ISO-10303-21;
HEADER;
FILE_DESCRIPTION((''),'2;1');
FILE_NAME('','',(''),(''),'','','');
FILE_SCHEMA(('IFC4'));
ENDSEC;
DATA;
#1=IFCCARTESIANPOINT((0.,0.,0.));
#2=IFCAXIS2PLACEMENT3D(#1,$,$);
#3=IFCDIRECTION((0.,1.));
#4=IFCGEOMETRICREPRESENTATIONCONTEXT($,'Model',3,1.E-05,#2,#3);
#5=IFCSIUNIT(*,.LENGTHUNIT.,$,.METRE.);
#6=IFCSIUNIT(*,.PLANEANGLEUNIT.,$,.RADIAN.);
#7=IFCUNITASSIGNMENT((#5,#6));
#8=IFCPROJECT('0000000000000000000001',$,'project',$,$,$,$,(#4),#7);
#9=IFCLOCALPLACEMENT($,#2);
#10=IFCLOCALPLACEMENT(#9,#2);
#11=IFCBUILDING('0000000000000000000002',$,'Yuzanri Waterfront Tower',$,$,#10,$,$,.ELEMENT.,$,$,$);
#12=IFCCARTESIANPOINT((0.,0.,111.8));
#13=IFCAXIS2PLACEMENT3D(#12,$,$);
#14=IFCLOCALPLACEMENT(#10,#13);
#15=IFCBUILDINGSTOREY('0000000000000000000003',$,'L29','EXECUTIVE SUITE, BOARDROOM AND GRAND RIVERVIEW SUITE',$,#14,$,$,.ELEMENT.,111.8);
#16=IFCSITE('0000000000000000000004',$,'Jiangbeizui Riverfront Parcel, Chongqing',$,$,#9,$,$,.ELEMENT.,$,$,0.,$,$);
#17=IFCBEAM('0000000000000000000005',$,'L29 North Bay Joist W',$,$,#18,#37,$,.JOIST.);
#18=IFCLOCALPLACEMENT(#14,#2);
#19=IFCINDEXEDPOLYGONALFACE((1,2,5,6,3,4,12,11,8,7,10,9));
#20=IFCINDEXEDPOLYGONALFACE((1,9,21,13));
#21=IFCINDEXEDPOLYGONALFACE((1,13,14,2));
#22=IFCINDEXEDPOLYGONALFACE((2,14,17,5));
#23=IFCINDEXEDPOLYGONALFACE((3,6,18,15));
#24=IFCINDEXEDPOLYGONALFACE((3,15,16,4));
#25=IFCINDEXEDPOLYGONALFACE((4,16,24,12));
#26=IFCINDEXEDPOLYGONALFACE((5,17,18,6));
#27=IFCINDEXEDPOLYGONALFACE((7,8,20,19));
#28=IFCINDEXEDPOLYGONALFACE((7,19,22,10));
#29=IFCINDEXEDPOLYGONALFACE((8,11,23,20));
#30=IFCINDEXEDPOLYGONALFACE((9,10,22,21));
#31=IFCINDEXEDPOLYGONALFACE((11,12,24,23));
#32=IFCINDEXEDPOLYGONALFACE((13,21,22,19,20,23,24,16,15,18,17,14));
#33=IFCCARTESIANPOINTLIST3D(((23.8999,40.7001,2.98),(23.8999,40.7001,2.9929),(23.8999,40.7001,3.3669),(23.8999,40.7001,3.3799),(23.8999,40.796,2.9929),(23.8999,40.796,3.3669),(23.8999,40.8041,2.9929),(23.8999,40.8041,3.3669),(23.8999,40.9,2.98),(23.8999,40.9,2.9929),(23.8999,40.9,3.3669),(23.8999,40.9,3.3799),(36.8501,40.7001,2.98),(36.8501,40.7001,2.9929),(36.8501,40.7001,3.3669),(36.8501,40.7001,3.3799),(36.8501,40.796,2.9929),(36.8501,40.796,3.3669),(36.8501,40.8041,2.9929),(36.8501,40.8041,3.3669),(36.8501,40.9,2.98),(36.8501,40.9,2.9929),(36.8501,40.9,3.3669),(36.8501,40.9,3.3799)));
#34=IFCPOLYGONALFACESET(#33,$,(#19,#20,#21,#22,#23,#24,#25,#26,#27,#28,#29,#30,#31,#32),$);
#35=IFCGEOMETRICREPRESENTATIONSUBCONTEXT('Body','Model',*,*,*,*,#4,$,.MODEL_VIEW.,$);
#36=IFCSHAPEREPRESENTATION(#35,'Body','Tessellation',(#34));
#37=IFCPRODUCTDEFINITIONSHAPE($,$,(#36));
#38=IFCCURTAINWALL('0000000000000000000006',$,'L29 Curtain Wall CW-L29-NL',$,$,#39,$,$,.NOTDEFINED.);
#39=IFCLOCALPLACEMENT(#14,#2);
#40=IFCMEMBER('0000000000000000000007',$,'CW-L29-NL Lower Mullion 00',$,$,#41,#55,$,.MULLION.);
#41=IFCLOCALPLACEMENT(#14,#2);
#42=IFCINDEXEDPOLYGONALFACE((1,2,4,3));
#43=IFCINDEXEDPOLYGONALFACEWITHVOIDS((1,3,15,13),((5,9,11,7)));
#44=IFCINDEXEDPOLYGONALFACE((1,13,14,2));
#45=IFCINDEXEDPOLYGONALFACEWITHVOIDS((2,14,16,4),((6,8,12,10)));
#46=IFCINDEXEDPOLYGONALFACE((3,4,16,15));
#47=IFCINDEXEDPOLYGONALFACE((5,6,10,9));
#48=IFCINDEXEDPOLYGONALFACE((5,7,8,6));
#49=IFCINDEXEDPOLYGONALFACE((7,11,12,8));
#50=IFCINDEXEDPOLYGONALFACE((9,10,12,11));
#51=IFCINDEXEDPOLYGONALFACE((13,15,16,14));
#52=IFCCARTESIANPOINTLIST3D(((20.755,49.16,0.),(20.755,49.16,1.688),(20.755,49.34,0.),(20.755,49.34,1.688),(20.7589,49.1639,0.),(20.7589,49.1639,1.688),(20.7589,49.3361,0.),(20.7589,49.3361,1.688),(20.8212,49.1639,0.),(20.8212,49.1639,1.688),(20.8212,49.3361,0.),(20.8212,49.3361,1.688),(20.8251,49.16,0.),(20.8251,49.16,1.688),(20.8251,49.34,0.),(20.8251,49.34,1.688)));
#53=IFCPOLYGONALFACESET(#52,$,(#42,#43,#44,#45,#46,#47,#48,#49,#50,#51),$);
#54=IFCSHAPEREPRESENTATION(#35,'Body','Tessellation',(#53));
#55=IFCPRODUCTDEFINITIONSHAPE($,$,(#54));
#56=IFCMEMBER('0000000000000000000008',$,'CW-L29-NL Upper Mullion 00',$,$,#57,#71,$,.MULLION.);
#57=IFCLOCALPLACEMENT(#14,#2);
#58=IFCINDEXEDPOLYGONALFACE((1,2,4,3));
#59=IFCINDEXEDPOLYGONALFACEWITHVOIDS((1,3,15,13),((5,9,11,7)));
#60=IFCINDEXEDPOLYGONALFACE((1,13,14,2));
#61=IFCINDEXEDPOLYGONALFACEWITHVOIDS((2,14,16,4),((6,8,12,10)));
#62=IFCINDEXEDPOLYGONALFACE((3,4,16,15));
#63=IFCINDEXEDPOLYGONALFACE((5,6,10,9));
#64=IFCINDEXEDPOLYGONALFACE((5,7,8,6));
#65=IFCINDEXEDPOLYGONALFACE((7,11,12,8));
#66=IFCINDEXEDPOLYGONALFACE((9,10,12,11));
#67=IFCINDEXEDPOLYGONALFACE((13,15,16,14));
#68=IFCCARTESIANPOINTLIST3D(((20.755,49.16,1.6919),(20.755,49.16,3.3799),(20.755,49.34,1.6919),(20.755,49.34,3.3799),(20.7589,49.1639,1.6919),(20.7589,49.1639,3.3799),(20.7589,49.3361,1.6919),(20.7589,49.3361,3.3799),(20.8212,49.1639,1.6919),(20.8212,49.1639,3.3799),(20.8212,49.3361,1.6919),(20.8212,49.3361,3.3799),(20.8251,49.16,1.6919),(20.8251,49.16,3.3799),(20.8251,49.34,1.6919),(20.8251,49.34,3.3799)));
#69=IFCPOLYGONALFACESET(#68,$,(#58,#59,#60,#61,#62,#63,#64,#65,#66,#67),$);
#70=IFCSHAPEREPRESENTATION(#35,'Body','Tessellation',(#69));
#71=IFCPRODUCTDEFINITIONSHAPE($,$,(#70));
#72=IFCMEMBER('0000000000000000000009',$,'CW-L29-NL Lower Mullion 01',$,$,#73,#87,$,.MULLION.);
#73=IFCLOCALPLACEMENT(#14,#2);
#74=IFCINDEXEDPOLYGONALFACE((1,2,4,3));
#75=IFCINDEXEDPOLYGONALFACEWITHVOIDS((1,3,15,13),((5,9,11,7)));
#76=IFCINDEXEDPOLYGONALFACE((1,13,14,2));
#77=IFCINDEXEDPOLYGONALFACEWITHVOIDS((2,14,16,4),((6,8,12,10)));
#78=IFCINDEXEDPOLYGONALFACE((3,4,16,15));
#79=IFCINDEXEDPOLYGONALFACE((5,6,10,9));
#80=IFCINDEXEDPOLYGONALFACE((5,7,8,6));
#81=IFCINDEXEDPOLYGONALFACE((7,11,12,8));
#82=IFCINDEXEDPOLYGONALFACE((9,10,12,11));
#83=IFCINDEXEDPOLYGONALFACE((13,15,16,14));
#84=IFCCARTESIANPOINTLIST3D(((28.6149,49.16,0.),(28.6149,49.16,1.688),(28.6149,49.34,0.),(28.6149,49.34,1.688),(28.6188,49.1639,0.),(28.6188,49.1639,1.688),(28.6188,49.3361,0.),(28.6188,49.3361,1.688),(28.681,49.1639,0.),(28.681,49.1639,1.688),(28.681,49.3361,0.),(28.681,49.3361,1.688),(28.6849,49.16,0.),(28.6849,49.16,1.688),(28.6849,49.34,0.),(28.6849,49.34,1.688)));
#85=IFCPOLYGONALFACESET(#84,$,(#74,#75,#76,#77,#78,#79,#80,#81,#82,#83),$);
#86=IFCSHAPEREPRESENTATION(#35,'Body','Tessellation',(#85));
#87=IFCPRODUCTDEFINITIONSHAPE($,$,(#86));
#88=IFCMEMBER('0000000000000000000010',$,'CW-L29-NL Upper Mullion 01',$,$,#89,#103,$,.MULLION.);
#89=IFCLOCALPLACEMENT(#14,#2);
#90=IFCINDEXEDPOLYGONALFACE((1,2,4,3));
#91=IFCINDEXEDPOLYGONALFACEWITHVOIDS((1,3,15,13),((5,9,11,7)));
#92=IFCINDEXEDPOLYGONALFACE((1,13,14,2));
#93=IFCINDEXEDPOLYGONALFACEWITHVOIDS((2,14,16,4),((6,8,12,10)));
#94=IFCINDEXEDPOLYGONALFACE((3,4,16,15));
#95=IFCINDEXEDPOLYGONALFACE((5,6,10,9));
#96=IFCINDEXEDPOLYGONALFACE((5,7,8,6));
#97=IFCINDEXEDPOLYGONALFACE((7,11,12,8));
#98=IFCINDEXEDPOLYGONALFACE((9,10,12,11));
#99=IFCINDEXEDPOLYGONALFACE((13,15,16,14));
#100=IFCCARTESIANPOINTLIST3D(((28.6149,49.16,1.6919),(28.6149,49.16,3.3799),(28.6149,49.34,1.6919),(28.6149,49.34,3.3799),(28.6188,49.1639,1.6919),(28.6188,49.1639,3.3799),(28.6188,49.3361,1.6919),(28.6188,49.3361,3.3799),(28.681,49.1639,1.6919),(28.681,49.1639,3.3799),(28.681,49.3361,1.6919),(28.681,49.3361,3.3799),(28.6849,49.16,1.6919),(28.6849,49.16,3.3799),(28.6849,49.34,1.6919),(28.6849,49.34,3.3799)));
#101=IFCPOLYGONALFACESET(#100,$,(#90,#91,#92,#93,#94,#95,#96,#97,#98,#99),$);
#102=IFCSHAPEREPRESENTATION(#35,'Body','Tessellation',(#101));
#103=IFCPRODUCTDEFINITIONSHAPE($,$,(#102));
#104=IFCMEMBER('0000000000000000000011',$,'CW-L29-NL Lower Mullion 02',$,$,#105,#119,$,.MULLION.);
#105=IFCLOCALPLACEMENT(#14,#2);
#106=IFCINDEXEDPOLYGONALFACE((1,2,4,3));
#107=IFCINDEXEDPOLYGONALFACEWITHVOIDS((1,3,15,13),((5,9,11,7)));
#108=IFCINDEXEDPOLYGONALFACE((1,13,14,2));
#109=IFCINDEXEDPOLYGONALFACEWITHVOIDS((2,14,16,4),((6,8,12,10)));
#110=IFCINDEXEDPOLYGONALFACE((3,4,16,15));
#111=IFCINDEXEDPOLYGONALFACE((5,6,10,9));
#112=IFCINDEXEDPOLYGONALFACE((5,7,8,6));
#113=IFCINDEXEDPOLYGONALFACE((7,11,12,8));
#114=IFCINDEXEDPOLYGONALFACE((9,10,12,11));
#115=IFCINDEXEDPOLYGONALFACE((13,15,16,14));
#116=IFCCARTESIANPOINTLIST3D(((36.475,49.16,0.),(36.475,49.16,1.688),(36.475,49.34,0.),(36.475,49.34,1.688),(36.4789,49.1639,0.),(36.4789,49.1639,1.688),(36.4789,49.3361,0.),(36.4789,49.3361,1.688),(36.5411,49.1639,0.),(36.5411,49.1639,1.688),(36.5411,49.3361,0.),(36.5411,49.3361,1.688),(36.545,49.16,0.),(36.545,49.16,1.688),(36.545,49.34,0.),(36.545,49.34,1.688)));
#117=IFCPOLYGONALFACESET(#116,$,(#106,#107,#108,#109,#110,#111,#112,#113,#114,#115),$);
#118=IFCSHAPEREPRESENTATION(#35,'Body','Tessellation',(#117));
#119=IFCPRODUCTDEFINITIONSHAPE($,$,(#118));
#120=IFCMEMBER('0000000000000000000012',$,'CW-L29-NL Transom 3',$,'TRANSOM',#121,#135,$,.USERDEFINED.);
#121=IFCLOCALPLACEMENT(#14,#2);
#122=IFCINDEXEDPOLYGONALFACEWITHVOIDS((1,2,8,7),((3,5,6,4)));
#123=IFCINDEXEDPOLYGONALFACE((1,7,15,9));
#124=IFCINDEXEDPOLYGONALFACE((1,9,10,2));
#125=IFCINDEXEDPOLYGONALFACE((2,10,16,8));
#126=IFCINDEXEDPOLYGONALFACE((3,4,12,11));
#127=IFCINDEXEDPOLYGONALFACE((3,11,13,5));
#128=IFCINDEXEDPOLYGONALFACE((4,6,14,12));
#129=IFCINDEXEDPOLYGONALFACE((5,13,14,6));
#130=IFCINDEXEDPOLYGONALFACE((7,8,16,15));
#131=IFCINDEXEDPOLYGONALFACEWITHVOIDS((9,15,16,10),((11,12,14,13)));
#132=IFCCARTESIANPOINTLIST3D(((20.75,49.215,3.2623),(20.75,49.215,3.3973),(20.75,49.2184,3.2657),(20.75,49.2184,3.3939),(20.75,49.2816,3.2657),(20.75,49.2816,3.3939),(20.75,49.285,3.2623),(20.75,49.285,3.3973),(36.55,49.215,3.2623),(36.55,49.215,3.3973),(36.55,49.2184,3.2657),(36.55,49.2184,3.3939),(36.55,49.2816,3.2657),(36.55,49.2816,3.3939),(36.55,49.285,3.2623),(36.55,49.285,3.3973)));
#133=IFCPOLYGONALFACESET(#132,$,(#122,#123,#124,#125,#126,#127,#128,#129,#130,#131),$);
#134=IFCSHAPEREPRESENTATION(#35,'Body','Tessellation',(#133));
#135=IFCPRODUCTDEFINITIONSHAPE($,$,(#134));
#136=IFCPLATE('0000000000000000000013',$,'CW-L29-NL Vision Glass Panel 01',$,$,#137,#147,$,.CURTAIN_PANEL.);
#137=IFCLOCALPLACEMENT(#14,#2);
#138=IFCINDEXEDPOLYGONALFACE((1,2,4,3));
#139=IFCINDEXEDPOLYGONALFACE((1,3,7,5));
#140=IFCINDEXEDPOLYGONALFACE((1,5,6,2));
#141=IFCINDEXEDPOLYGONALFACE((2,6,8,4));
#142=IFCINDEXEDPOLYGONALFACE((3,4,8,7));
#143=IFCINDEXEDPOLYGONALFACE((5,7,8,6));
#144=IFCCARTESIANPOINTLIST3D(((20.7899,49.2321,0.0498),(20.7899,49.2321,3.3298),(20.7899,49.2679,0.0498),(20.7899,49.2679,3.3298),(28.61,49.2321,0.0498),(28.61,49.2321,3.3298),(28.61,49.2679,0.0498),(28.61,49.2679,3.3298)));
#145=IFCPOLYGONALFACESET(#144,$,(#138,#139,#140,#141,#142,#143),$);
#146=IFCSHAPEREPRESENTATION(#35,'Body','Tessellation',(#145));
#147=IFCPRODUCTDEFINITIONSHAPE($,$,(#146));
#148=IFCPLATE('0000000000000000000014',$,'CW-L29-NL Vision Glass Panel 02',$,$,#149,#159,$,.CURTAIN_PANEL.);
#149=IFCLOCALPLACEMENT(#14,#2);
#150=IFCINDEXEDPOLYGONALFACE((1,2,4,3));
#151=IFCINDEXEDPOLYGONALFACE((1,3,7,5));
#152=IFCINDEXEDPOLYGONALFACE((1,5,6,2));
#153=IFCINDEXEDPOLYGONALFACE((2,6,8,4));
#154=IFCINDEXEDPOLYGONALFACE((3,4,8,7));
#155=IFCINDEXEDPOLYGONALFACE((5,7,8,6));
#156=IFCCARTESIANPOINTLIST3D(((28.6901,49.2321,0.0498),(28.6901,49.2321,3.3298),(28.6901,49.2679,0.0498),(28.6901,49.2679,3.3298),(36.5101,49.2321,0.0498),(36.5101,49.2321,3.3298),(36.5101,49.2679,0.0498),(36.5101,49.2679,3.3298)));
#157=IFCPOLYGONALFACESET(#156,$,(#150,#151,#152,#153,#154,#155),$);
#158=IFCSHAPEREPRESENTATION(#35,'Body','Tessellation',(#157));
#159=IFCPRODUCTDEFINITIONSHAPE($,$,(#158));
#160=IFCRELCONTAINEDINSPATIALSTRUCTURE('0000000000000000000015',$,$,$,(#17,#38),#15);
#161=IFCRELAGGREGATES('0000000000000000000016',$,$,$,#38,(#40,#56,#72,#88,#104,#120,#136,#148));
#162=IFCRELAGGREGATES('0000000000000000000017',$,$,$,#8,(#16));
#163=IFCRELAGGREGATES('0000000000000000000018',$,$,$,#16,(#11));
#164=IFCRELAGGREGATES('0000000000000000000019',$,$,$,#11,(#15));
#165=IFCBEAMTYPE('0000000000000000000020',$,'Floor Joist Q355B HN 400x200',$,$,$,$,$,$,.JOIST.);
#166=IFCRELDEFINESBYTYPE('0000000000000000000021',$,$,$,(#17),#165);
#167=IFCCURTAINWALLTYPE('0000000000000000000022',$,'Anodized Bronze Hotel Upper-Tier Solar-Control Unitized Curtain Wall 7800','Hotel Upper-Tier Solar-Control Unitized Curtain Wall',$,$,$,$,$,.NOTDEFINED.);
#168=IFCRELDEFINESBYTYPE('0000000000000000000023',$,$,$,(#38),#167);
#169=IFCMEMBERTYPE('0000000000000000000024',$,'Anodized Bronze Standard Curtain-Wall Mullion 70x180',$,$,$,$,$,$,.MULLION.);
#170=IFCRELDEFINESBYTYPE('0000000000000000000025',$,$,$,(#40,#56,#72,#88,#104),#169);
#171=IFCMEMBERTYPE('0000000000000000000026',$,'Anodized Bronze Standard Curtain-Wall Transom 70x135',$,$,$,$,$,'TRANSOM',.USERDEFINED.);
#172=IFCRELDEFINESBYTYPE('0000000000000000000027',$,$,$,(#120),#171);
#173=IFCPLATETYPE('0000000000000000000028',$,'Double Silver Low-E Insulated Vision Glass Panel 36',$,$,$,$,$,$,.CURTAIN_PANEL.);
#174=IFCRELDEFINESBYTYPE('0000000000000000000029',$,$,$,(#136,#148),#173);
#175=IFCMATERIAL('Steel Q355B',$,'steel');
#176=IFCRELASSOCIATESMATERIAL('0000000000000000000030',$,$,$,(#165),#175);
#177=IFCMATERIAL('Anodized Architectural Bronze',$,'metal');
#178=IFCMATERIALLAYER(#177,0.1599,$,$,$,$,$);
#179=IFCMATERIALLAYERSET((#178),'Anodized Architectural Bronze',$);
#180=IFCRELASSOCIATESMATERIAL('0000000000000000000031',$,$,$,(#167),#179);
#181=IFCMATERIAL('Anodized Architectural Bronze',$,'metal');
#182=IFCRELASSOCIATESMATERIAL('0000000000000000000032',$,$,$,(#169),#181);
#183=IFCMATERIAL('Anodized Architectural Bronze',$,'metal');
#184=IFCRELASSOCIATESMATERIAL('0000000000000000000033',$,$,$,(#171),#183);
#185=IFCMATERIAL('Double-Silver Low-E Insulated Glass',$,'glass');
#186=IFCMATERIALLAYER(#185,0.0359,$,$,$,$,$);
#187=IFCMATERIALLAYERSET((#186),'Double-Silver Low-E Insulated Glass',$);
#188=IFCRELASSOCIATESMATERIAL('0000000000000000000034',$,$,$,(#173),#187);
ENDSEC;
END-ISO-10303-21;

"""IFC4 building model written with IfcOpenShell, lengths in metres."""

from ifc_helpers import new_model, si_unit, direction, frame, origin, origin_2d, place, context, subcontext, project, spatial, rectangle, hollow_rectangle, i_section, extrude, source, transform, mapped, material, layer, layer_set, material_profile, profile_set, type_object, element, aggregate, save


model = new_model("IFC4")

# Units and contexts
model_context = context("Model", 3, precision=1e-05, world=origin(), true_north=direction((0.0, 1.0)))
body_context = subcontext(model_context, "Body", "Model", "MODEL_VIEW")
ifc_project = project(units=[si_unit("LENGTHUNIT", "METRE"), si_unit("PLANEANGLEUNIT", "RADIAN")], contexts=[model_context])

# Site, building, storey
site_placement = place(None, origin())
site = spatial("IfcSite", under=ifc_project, at=site_placement, Name="Jiangbeizui Riverfront Parcel, Chongqing", CompositionType="ELEMENT", RefElevation=0.0)
building_placement = place(site_placement, origin())
building = spatial("IfcBuilding", under=site, at=building_placement, Name="Yuzanri Waterfront Tower", CompositionType="ELEMENT")
storey_placement = place(building_placement, frame((0.0, 0.0, 111.8)))
storey = spatial("IfcBuildingStorey", under=building, at=storey_placement, Name="L29", Description="EXECUTIVE SUITE, BOARDROOM AND GRAND RIVERVIEW SUITE", CompositionType="ELEMENT", Elevation=111.8)

# Beam
ifc_material_1 = material(Name="Steel Q355B", Category="steel")
ifc_material_profile_1 = material_profile(ifc_material_1, i_section(OverallWidth=0.2, OverallDepth=0.3999, WebThickness=0.0081, FlangeThickness=0.0129, at=origin_2d()), Name="HN 400x200x8x13")
ifc_profile_set_1 = profile_set([ifc_material_profile_1], Name="Steel Q355B")
beam_type = type_object("IfcBeamType", Name="Floor Joist Q355B HN 400x200", PredefinedType="JOIST", material=ifc_profile_set_1)
shared_shape_1 = source(origin(), body_context, "Body", "SweptSolid", [
    extrude(i_section(OverallWidth=0.2, OverallDepth=0.3999, WebThickness=0.0081, FlangeThickness=0.0129, at=origin_2d()), origin(), (0.0, 0.0, 1.0), 12.9502),
])
beam_placement = place(storey_placement, frame((23.8999, 40.8, 3.1799), z_axis=(1.0, 0.0, 0.0), x_axis=(0.0, 1.0, 0.0)))
element("IfcBeam", 1, at=beam_placement, inside=storey, type_object=beam_type, Name="L29 North Bay Joist W", PredefinedType="JOIST", context=body_context, shape_type="MappedRepresentation", body=[
    mapped(shared_shape_1, transform((0.0, 0.0, 0.0), scale=1.0)),
])

# Curtain wall, members, plates
ifc_material_2 = material(Name="Anodized Architectural Bronze", Category="metal")
ifc_layer_1 = layer(ifc_material_2, 0.1599)
ifc_layer_set_1 = layer_set([ifc_layer_1], Name="Anodized Architectural Bronze")
curtain_wall_type = type_object("IfcCurtainWallType", Name="Anodized Bronze Hotel Upper-Tier Solar-Control Unitized Curtain Wall 7800", Description="Hotel Upper-Tier Solar-Control Unitized Curtain Wall", PredefinedType="NOTDEFINED", material=ifc_layer_set_1)
curtain_wall_placement = place(storey_placement, origin())
curtain_wall = element("IfcCurtainWall", 2, at=curtain_wall_placement, inside=storey, type_object=curtain_wall_type, Name="L29 Curtain Wall CW-L29-NL", PredefinedType="NOTDEFINED")
ifc_material_3 = material(Name="Anodized Architectural Bronze", Category="metal")
ifc_material_profile_2 = material_profile(ifc_material_3, hollow_rectangle(XDim=0.0701, YDim=0.1799, WallThickness=0.0039, at=origin_2d()), Name="CWM 70x180")
ifc_profile_set_2 = profile_set([ifc_material_profile_2], Name="Anodized Architectural Bronze")
member_type_1 = type_object("IfcMemberType", Name="Anodized Bronze Standard Curtain-Wall Mullion 70x180", PredefinedType="MULLION", material=ifc_profile_set_2)
shared_shape_2 = source(origin(), body_context, "Body", "SweptSolid", [
    extrude(hollow_rectangle(XDim=0.0701, YDim=0.1799, WallThickness=0.0039, at=origin_2d()), origin(), (0.0, 0.0, 1.0), 1.688),
])
member_1_placement = place(storey_placement, frame((20.79, 49.25, 0.0), z_axis=(0.0, 0.0, 1.0), x_axis=(1.0, 0.0, 0.0)))
member_1 = element("IfcMember", 3, at=member_1_placement, type_object=member_type_1, Name="CW-L29-NL Lower Mullion 00", PredefinedType="MULLION", context=body_context, shape_type="MappedRepresentation", body=[
    mapped(shared_shape_2, transform((0.0, 0.0, 0.0), scale=1.0)),
])
member_2_placement = place(storey_placement, frame((20.79, 49.25, 1.6919), z_axis=(0.0, 0.0, 1.0), x_axis=(1.0, 0.0, 0.0)))
member_2 = element("IfcMember", 4, at=member_2_placement, type_object=member_type_1, Name="CW-L29-NL Upper Mullion 00", PredefinedType="MULLION", context=body_context, shape_type="MappedRepresentation", body=[
    mapped(shared_shape_2, transform((0.0, 0.0, 0.0), scale=1.0)),
])
member_3_placement = place(storey_placement, frame((28.6499, 49.25, 0.0), z_axis=(0.0, 0.0, 1.0), x_axis=(1.0, 0.0, 0.0)))
member_3 = element("IfcMember", 5, at=member_3_placement, type_object=member_type_1, Name="CW-L29-NL Lower Mullion 01", PredefinedType="MULLION", context=body_context, shape_type="MappedRepresentation", body=[
    mapped(shared_shape_2, transform((0.0, 0.0, 0.0), scale=1.0)),
])
member_4_placement = place(storey_placement, frame((28.6499, 49.25, 1.6919), z_axis=(0.0, 0.0, 1.0), x_axis=(1.0, 0.0, 0.0)))
member_4 = element("IfcMember", 6, at=member_4_placement, type_object=member_type_1, Name="CW-L29-NL Upper Mullion 01", PredefinedType="MULLION", context=body_context, shape_type="MappedRepresentation", body=[
    mapped(shared_shape_2, transform((0.0, 0.0, 0.0), scale=1.0)),
])
member_5_placement = place(storey_placement, frame((36.51, 49.25, 0.0), z_axis=(0.0, 0.0, 1.0), x_axis=(1.0, 0.0, 0.0)))
member_5 = element("IfcMember", 7, at=member_5_placement, type_object=member_type_1, Name="CW-L29-NL Lower Mullion 02", PredefinedType="MULLION", context=body_context, shape_type="MappedRepresentation", body=[
    mapped(shared_shape_2, transform((0.0, 0.0, 0.0), scale=1.0)),
])
ifc_material_4 = material(Name="Anodized Architectural Bronze", Category="metal")
ifc_material_profile_3 = material_profile(ifc_material_4, hollow_rectangle(XDim=0.0701, YDim=0.135, WallThickness=0.0034, at=origin_2d()), Name="CWT 70x135")
ifc_profile_set_3 = profile_set([ifc_material_profile_3], Name="Anodized Architectural Bronze")
member_type_2 = type_object("IfcMemberType", Name="Anodized Bronze Standard Curtain-Wall Transom 70x135", ElementType="TRANSOM", PredefinedType="USERDEFINED", material=ifc_profile_set_3)
shared_shape_3 = source(origin(), body_context, "Body", "SweptSolid", [
    extrude(hollow_rectangle(XDim=0.0701, YDim=0.135, WallThickness=0.0034, at=origin_2d()), origin(), (0.0, 0.0, 1.0), 15.8),
])
member_6_placement = place(storey_placement, frame((20.75, 49.25, 3.3298), z_axis=(1.0, 0.0, 0.0), x_axis=(0.0, 1.0, 0.0)))
member_6 = element("IfcMember", 8, at=member_6_placement, type_object=member_type_2, Name="CW-L29-NL Transom 3", ObjectType="TRANSOM", PredefinedType="USERDEFINED", context=body_context, shape_type="MappedRepresentation", body=[
    mapped(shared_shape_3, transform((0.0, 0.0, 0.0), scale=1.0)),
])
ifc_material_5 = material(Name="Double-Silver Low-E Insulated Glass", Category="glass")
ifc_layer_2 = layer(ifc_material_5, 0.0359)
ifc_layer_set_2 = layer_set([ifc_layer_2], Name="Double-Silver Low-E Insulated Glass")
plate_type = type_object("IfcPlateType", Name="Double Silver Low-E Insulated Vision Glass Panel 36", PredefinedType="CURTAIN_PANEL", material=ifc_layer_set_2)
shared_shape_4 = source(origin(), body_context, "Body", "SweptSolid", [
    extrude(rectangle(XDim=7.8201, YDim=0.0359, at=origin_2d()), origin(), (0.0, 0.0, 1.0), 3.28),
])
plate_1_placement = place(storey_placement, frame((24.7, 49.25, 0.0498), z_axis=(0.0, 0.0, 1.0), x_axis=(1.0, 0.0, 0.0)))
plate_1 = element("IfcPlate", 9, at=plate_1_placement, type_object=plate_type, Name="CW-L29-NL Vision Glass Panel 01", PredefinedType="CURTAIN_PANEL", context=body_context, shape_type="MappedRepresentation", body=[
    mapped(shared_shape_4, transform((0.0, 0.0, 0.0), scale=1.0)),
])
plate_2_placement = place(storey_placement, frame((32.6001, 49.25, 0.0498), z_axis=(0.0, 0.0, 1.0), x_axis=(1.0, 0.0, 0.0)))
plate_2 = element("IfcPlate", 10, at=plate_2_placement, type_object=plate_type, Name="CW-L29-NL Vision Glass Panel 02", PredefinedType="CURTAIN_PANEL", context=body_context, shape_type="MappedRepresentation", body=[
    mapped(shared_shape_4, transform((0.0, 0.0, 0.0), scale=1.0)),
])
aggregate(curtain_wall, [member_1, member_2, member_3, member_4, member_5, member_6, plate_1, plate_2])

save(model, "model.ifc")
